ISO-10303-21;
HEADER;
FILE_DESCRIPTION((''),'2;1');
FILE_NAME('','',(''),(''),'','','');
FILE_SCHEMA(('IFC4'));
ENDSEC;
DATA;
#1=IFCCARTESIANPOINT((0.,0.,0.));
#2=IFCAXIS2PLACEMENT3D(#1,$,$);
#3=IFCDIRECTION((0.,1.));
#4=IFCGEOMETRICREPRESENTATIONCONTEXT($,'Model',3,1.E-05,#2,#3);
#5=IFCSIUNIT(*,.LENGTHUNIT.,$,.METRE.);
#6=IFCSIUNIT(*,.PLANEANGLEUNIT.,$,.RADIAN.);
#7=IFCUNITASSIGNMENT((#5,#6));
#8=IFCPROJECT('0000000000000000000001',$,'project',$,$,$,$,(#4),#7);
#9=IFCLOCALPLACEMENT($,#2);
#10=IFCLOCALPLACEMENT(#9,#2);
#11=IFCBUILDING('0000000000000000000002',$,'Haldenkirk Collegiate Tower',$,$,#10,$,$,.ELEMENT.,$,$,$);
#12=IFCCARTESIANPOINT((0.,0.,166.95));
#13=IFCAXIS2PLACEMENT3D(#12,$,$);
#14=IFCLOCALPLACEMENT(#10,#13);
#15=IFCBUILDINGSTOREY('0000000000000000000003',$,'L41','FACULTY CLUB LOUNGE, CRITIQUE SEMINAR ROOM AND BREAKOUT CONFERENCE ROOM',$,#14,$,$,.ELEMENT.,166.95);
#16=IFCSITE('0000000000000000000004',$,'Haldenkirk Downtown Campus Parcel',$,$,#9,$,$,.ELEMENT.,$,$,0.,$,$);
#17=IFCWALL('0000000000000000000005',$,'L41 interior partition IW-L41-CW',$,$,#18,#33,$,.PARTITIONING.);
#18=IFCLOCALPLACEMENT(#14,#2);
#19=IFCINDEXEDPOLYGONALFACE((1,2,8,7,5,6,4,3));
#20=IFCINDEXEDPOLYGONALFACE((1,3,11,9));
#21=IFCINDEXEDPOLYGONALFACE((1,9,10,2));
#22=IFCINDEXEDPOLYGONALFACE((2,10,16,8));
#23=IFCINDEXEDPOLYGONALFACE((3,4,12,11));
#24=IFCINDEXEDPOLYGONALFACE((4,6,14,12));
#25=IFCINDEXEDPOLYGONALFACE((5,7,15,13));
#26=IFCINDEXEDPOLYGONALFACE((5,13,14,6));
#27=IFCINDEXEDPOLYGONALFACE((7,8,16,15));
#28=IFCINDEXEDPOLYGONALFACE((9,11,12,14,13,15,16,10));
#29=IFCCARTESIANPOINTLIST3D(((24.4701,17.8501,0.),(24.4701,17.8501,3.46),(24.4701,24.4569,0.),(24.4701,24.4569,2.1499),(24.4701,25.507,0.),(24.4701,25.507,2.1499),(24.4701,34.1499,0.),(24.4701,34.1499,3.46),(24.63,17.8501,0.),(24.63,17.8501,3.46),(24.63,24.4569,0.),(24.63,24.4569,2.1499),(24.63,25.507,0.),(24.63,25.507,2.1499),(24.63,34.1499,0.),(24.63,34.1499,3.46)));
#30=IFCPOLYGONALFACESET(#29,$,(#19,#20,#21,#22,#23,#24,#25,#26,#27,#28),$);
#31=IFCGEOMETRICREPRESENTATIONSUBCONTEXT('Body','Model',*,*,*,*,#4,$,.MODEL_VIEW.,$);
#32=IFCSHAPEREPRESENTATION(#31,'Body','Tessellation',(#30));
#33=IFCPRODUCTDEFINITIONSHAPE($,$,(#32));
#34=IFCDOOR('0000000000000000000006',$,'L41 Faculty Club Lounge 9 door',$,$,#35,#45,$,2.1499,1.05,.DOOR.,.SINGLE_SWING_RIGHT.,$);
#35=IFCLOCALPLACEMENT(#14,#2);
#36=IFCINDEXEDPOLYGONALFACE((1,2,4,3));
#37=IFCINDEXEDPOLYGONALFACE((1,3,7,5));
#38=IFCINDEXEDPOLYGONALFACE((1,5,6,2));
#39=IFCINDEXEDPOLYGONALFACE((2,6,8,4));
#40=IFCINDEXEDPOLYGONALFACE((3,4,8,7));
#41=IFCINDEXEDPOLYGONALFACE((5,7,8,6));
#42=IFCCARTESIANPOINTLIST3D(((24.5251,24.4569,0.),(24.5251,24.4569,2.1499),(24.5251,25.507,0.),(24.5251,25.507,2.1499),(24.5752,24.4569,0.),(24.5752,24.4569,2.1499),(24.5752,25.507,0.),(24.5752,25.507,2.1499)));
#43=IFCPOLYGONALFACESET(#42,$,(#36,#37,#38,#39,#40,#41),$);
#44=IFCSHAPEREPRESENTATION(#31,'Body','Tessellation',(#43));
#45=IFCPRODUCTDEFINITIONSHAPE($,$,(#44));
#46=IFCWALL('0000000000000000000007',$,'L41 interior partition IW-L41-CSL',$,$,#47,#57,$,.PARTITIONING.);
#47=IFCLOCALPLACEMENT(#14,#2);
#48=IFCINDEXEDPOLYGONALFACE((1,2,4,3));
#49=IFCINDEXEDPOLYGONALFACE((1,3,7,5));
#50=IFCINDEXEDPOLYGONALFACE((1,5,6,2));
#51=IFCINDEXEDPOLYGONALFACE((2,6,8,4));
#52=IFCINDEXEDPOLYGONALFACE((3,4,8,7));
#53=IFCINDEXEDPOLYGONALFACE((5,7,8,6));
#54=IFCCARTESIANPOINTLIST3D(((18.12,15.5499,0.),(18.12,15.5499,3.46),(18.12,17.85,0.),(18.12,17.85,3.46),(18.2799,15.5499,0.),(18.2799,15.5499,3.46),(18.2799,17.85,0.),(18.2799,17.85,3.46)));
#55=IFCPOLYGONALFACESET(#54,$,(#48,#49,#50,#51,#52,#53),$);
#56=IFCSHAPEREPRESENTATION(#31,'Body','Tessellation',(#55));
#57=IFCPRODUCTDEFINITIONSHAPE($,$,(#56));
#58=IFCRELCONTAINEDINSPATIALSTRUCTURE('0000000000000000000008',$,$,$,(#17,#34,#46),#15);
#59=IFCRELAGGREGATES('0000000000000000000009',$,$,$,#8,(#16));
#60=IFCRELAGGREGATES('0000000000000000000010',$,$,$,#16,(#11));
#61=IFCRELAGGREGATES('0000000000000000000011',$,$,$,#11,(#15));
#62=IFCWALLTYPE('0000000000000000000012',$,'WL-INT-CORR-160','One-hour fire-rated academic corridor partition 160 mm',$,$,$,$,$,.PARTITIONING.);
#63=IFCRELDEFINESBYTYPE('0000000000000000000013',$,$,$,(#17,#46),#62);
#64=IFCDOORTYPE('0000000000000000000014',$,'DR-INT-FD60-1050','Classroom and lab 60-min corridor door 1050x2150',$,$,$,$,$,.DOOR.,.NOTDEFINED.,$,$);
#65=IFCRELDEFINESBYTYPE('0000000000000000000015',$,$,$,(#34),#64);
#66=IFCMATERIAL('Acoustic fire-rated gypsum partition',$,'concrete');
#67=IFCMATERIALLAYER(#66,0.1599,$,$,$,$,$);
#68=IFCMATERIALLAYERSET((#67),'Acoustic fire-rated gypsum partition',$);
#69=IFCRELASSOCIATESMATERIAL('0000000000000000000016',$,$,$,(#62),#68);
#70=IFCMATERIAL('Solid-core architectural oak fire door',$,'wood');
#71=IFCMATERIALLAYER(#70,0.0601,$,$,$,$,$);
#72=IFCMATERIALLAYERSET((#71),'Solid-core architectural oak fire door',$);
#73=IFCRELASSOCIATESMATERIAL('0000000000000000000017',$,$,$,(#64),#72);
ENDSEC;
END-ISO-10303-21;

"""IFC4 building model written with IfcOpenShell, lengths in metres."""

from ifc_helpers import new_model, si_unit, direction, frame, frame_2d, origin, place, context, subcontext, project, spatial, rectangle, extrude, material, layer, layer_set, type_object, element, fill, save


model = new_model("IFC4")

# Units and contexts
model_context = context("Model", 3, precision=1e-05, world=origin(), true_north=direction((0.0, 1.0)))
body_context = subcontext(model_context, "Body", "Model", "MODEL_VIEW")
ifc_project = project(units=[si_unit("LENGTHUNIT", "METRE"), si_unit("PLANEANGLEUNIT", "RADIAN")], contexts=[model_context])

# Site, building, storey
site_placement = place(None, origin())
site = spatial("IfcSite", under=ifc_project, at=site_placement, Name="Haldenkirk Downtown Campus Parcel", CompositionType="ELEMENT", RefElevation=0.0)
building_placement = place(site_placement, origin())
building = spatial("IfcBuilding", under=site, at=building_placement, Name="Haldenkirk Collegiate Tower", CompositionType="ELEMENT")
storey_placement = place(building_placement, frame((0.0, 0.0, 166.95)))
storey = spatial("IfcBuildingStorey", under=building, at=storey_placement, Name="L41", Description="FACULTY CLUB LOUNGE, CRITIQUE SEMINAR ROOM AND BREAKOUT CONFERENCE ROOM", CompositionType="ELEMENT", Elevation=166.95)

# Shared definitions
ifc_material_1 = material(Name="Acoustic fire-rated gypsum partition", Category="concrete")
ifc_layer_1 = layer(ifc_material_1, 0.1599)
ifc_layer_set_1 = layer_set([ifc_layer_1], Name="Acoustic fire-rated gypsum partition")
wall_type = type_object("IfcWallType", Name="WL-INT-CORR-160", Description="One-hour fire-rated academic corridor partition 160 mm", PredefinedType="PARTITIONING", material=ifc_layer_set_1)
ifc_material_2 = material(Name="Solid-core architectural oak fire door", Category="wood")
ifc_layer_2 = layer(ifc_material_2, 0.0601)
ifc_layer_set_2 = layer_set([ifc_layer_2], Name="Solid-core architectural oak fire door")
door_type_1 = type_object("IfcDoorType", Name="DR-INT-FD60-1050", Description="Classroom and lab 60-min corridor door 1050x2150", OperationType="NOTDEFINED", PredefinedType="DOOR", material=ifc_layer_set_2)

# Wall, opening, door
wall_1_placement = place(storey_placement, frame((24.55, 17.8501, 0.0), z_axis=(0.0, 0.0, 1.0), x_axis=(0.0, 1.0, 0.0)))
wall_1 = element("IfcWall", 1, at=wall_1_placement, inside=storey, type_object=wall_type, Name="L41 interior partition IW-L41-CW", PredefinedType="PARTITIONING", context=body_context, shape_type="SweptSolid", body=[
    extrude(rectangle(XDim=16.2998, YDim=0.1599, at=frame_2d((8.1499, 0.0))), origin(), (0.0, 0.0, 1.0), 3.46),
])
opening_1_placement = place(wall_1_placement, frame((6.6069, 0.0, 0.0)))
opening_1 = element("IfcOpeningElement", 2, at=opening_1_placement, cuts=wall_1, PredefinedType="OPENING", context=body_context, shape_type="SweptSolid", body=[
    extrude(rectangle(XDim=1.05, YDim=2.1499, at=frame_2d((0.5249, 1.075))), frame((0.0, 0.0898, 0.0), z_axis=(0.0, -1.0, 0.0), x_axis=(1.0, 0.0, 0.0)), (0.0, 0.0, 1.0), 0.1799),
])
door_1_placement = place(opening_1_placement, origin())
door_1 = element("IfcDoor", 3, at=door_1_placement, inside=storey, type_object=door_type_1, Name="L41 Faculty Club Lounge 9 door", OperationType="SINGLE_SWING_RIGHT", OverallHeight=2.1499, OverallWidth=1.05, PredefinedType="DOOR", context=body_context, shape_type="SweptSolid", body=[
    extrude(rectangle(XDim=1.05, YDim=2.1499, at=frame_2d((0.5249, 1.075))), frame((0.0, 0.0249, 0.0), z_axis=(0.0, -1.0, 0.0), x_axis=(1.0, 0.0, 0.0)), (0.0, 0.0, 1.0), 0.05),
])
fill(opening_1, door_1)

# Wall
wall_2_placement = place(storey_placement, frame((18.2, 15.55, 0.0), z_axis=(0.0, 0.0, 1.0), x_axis=(0.0, 1.0, 0.0)))
element("IfcWall", 4, at=wall_2_placement, inside=storey, type_object=wall_type, Name="L41 interior partition IW-L41-CSL", PredefinedType="PARTITIONING", context=body_context, shape_type="SweptSolid", body=[
    extrude(rectangle(XDim=2.3, YDim=0.1599, at=frame_2d((1.1499, 0.0))), origin(), (0.0, 0.0, 1.0), 3.46),
])

save(model, "model.ifc")
